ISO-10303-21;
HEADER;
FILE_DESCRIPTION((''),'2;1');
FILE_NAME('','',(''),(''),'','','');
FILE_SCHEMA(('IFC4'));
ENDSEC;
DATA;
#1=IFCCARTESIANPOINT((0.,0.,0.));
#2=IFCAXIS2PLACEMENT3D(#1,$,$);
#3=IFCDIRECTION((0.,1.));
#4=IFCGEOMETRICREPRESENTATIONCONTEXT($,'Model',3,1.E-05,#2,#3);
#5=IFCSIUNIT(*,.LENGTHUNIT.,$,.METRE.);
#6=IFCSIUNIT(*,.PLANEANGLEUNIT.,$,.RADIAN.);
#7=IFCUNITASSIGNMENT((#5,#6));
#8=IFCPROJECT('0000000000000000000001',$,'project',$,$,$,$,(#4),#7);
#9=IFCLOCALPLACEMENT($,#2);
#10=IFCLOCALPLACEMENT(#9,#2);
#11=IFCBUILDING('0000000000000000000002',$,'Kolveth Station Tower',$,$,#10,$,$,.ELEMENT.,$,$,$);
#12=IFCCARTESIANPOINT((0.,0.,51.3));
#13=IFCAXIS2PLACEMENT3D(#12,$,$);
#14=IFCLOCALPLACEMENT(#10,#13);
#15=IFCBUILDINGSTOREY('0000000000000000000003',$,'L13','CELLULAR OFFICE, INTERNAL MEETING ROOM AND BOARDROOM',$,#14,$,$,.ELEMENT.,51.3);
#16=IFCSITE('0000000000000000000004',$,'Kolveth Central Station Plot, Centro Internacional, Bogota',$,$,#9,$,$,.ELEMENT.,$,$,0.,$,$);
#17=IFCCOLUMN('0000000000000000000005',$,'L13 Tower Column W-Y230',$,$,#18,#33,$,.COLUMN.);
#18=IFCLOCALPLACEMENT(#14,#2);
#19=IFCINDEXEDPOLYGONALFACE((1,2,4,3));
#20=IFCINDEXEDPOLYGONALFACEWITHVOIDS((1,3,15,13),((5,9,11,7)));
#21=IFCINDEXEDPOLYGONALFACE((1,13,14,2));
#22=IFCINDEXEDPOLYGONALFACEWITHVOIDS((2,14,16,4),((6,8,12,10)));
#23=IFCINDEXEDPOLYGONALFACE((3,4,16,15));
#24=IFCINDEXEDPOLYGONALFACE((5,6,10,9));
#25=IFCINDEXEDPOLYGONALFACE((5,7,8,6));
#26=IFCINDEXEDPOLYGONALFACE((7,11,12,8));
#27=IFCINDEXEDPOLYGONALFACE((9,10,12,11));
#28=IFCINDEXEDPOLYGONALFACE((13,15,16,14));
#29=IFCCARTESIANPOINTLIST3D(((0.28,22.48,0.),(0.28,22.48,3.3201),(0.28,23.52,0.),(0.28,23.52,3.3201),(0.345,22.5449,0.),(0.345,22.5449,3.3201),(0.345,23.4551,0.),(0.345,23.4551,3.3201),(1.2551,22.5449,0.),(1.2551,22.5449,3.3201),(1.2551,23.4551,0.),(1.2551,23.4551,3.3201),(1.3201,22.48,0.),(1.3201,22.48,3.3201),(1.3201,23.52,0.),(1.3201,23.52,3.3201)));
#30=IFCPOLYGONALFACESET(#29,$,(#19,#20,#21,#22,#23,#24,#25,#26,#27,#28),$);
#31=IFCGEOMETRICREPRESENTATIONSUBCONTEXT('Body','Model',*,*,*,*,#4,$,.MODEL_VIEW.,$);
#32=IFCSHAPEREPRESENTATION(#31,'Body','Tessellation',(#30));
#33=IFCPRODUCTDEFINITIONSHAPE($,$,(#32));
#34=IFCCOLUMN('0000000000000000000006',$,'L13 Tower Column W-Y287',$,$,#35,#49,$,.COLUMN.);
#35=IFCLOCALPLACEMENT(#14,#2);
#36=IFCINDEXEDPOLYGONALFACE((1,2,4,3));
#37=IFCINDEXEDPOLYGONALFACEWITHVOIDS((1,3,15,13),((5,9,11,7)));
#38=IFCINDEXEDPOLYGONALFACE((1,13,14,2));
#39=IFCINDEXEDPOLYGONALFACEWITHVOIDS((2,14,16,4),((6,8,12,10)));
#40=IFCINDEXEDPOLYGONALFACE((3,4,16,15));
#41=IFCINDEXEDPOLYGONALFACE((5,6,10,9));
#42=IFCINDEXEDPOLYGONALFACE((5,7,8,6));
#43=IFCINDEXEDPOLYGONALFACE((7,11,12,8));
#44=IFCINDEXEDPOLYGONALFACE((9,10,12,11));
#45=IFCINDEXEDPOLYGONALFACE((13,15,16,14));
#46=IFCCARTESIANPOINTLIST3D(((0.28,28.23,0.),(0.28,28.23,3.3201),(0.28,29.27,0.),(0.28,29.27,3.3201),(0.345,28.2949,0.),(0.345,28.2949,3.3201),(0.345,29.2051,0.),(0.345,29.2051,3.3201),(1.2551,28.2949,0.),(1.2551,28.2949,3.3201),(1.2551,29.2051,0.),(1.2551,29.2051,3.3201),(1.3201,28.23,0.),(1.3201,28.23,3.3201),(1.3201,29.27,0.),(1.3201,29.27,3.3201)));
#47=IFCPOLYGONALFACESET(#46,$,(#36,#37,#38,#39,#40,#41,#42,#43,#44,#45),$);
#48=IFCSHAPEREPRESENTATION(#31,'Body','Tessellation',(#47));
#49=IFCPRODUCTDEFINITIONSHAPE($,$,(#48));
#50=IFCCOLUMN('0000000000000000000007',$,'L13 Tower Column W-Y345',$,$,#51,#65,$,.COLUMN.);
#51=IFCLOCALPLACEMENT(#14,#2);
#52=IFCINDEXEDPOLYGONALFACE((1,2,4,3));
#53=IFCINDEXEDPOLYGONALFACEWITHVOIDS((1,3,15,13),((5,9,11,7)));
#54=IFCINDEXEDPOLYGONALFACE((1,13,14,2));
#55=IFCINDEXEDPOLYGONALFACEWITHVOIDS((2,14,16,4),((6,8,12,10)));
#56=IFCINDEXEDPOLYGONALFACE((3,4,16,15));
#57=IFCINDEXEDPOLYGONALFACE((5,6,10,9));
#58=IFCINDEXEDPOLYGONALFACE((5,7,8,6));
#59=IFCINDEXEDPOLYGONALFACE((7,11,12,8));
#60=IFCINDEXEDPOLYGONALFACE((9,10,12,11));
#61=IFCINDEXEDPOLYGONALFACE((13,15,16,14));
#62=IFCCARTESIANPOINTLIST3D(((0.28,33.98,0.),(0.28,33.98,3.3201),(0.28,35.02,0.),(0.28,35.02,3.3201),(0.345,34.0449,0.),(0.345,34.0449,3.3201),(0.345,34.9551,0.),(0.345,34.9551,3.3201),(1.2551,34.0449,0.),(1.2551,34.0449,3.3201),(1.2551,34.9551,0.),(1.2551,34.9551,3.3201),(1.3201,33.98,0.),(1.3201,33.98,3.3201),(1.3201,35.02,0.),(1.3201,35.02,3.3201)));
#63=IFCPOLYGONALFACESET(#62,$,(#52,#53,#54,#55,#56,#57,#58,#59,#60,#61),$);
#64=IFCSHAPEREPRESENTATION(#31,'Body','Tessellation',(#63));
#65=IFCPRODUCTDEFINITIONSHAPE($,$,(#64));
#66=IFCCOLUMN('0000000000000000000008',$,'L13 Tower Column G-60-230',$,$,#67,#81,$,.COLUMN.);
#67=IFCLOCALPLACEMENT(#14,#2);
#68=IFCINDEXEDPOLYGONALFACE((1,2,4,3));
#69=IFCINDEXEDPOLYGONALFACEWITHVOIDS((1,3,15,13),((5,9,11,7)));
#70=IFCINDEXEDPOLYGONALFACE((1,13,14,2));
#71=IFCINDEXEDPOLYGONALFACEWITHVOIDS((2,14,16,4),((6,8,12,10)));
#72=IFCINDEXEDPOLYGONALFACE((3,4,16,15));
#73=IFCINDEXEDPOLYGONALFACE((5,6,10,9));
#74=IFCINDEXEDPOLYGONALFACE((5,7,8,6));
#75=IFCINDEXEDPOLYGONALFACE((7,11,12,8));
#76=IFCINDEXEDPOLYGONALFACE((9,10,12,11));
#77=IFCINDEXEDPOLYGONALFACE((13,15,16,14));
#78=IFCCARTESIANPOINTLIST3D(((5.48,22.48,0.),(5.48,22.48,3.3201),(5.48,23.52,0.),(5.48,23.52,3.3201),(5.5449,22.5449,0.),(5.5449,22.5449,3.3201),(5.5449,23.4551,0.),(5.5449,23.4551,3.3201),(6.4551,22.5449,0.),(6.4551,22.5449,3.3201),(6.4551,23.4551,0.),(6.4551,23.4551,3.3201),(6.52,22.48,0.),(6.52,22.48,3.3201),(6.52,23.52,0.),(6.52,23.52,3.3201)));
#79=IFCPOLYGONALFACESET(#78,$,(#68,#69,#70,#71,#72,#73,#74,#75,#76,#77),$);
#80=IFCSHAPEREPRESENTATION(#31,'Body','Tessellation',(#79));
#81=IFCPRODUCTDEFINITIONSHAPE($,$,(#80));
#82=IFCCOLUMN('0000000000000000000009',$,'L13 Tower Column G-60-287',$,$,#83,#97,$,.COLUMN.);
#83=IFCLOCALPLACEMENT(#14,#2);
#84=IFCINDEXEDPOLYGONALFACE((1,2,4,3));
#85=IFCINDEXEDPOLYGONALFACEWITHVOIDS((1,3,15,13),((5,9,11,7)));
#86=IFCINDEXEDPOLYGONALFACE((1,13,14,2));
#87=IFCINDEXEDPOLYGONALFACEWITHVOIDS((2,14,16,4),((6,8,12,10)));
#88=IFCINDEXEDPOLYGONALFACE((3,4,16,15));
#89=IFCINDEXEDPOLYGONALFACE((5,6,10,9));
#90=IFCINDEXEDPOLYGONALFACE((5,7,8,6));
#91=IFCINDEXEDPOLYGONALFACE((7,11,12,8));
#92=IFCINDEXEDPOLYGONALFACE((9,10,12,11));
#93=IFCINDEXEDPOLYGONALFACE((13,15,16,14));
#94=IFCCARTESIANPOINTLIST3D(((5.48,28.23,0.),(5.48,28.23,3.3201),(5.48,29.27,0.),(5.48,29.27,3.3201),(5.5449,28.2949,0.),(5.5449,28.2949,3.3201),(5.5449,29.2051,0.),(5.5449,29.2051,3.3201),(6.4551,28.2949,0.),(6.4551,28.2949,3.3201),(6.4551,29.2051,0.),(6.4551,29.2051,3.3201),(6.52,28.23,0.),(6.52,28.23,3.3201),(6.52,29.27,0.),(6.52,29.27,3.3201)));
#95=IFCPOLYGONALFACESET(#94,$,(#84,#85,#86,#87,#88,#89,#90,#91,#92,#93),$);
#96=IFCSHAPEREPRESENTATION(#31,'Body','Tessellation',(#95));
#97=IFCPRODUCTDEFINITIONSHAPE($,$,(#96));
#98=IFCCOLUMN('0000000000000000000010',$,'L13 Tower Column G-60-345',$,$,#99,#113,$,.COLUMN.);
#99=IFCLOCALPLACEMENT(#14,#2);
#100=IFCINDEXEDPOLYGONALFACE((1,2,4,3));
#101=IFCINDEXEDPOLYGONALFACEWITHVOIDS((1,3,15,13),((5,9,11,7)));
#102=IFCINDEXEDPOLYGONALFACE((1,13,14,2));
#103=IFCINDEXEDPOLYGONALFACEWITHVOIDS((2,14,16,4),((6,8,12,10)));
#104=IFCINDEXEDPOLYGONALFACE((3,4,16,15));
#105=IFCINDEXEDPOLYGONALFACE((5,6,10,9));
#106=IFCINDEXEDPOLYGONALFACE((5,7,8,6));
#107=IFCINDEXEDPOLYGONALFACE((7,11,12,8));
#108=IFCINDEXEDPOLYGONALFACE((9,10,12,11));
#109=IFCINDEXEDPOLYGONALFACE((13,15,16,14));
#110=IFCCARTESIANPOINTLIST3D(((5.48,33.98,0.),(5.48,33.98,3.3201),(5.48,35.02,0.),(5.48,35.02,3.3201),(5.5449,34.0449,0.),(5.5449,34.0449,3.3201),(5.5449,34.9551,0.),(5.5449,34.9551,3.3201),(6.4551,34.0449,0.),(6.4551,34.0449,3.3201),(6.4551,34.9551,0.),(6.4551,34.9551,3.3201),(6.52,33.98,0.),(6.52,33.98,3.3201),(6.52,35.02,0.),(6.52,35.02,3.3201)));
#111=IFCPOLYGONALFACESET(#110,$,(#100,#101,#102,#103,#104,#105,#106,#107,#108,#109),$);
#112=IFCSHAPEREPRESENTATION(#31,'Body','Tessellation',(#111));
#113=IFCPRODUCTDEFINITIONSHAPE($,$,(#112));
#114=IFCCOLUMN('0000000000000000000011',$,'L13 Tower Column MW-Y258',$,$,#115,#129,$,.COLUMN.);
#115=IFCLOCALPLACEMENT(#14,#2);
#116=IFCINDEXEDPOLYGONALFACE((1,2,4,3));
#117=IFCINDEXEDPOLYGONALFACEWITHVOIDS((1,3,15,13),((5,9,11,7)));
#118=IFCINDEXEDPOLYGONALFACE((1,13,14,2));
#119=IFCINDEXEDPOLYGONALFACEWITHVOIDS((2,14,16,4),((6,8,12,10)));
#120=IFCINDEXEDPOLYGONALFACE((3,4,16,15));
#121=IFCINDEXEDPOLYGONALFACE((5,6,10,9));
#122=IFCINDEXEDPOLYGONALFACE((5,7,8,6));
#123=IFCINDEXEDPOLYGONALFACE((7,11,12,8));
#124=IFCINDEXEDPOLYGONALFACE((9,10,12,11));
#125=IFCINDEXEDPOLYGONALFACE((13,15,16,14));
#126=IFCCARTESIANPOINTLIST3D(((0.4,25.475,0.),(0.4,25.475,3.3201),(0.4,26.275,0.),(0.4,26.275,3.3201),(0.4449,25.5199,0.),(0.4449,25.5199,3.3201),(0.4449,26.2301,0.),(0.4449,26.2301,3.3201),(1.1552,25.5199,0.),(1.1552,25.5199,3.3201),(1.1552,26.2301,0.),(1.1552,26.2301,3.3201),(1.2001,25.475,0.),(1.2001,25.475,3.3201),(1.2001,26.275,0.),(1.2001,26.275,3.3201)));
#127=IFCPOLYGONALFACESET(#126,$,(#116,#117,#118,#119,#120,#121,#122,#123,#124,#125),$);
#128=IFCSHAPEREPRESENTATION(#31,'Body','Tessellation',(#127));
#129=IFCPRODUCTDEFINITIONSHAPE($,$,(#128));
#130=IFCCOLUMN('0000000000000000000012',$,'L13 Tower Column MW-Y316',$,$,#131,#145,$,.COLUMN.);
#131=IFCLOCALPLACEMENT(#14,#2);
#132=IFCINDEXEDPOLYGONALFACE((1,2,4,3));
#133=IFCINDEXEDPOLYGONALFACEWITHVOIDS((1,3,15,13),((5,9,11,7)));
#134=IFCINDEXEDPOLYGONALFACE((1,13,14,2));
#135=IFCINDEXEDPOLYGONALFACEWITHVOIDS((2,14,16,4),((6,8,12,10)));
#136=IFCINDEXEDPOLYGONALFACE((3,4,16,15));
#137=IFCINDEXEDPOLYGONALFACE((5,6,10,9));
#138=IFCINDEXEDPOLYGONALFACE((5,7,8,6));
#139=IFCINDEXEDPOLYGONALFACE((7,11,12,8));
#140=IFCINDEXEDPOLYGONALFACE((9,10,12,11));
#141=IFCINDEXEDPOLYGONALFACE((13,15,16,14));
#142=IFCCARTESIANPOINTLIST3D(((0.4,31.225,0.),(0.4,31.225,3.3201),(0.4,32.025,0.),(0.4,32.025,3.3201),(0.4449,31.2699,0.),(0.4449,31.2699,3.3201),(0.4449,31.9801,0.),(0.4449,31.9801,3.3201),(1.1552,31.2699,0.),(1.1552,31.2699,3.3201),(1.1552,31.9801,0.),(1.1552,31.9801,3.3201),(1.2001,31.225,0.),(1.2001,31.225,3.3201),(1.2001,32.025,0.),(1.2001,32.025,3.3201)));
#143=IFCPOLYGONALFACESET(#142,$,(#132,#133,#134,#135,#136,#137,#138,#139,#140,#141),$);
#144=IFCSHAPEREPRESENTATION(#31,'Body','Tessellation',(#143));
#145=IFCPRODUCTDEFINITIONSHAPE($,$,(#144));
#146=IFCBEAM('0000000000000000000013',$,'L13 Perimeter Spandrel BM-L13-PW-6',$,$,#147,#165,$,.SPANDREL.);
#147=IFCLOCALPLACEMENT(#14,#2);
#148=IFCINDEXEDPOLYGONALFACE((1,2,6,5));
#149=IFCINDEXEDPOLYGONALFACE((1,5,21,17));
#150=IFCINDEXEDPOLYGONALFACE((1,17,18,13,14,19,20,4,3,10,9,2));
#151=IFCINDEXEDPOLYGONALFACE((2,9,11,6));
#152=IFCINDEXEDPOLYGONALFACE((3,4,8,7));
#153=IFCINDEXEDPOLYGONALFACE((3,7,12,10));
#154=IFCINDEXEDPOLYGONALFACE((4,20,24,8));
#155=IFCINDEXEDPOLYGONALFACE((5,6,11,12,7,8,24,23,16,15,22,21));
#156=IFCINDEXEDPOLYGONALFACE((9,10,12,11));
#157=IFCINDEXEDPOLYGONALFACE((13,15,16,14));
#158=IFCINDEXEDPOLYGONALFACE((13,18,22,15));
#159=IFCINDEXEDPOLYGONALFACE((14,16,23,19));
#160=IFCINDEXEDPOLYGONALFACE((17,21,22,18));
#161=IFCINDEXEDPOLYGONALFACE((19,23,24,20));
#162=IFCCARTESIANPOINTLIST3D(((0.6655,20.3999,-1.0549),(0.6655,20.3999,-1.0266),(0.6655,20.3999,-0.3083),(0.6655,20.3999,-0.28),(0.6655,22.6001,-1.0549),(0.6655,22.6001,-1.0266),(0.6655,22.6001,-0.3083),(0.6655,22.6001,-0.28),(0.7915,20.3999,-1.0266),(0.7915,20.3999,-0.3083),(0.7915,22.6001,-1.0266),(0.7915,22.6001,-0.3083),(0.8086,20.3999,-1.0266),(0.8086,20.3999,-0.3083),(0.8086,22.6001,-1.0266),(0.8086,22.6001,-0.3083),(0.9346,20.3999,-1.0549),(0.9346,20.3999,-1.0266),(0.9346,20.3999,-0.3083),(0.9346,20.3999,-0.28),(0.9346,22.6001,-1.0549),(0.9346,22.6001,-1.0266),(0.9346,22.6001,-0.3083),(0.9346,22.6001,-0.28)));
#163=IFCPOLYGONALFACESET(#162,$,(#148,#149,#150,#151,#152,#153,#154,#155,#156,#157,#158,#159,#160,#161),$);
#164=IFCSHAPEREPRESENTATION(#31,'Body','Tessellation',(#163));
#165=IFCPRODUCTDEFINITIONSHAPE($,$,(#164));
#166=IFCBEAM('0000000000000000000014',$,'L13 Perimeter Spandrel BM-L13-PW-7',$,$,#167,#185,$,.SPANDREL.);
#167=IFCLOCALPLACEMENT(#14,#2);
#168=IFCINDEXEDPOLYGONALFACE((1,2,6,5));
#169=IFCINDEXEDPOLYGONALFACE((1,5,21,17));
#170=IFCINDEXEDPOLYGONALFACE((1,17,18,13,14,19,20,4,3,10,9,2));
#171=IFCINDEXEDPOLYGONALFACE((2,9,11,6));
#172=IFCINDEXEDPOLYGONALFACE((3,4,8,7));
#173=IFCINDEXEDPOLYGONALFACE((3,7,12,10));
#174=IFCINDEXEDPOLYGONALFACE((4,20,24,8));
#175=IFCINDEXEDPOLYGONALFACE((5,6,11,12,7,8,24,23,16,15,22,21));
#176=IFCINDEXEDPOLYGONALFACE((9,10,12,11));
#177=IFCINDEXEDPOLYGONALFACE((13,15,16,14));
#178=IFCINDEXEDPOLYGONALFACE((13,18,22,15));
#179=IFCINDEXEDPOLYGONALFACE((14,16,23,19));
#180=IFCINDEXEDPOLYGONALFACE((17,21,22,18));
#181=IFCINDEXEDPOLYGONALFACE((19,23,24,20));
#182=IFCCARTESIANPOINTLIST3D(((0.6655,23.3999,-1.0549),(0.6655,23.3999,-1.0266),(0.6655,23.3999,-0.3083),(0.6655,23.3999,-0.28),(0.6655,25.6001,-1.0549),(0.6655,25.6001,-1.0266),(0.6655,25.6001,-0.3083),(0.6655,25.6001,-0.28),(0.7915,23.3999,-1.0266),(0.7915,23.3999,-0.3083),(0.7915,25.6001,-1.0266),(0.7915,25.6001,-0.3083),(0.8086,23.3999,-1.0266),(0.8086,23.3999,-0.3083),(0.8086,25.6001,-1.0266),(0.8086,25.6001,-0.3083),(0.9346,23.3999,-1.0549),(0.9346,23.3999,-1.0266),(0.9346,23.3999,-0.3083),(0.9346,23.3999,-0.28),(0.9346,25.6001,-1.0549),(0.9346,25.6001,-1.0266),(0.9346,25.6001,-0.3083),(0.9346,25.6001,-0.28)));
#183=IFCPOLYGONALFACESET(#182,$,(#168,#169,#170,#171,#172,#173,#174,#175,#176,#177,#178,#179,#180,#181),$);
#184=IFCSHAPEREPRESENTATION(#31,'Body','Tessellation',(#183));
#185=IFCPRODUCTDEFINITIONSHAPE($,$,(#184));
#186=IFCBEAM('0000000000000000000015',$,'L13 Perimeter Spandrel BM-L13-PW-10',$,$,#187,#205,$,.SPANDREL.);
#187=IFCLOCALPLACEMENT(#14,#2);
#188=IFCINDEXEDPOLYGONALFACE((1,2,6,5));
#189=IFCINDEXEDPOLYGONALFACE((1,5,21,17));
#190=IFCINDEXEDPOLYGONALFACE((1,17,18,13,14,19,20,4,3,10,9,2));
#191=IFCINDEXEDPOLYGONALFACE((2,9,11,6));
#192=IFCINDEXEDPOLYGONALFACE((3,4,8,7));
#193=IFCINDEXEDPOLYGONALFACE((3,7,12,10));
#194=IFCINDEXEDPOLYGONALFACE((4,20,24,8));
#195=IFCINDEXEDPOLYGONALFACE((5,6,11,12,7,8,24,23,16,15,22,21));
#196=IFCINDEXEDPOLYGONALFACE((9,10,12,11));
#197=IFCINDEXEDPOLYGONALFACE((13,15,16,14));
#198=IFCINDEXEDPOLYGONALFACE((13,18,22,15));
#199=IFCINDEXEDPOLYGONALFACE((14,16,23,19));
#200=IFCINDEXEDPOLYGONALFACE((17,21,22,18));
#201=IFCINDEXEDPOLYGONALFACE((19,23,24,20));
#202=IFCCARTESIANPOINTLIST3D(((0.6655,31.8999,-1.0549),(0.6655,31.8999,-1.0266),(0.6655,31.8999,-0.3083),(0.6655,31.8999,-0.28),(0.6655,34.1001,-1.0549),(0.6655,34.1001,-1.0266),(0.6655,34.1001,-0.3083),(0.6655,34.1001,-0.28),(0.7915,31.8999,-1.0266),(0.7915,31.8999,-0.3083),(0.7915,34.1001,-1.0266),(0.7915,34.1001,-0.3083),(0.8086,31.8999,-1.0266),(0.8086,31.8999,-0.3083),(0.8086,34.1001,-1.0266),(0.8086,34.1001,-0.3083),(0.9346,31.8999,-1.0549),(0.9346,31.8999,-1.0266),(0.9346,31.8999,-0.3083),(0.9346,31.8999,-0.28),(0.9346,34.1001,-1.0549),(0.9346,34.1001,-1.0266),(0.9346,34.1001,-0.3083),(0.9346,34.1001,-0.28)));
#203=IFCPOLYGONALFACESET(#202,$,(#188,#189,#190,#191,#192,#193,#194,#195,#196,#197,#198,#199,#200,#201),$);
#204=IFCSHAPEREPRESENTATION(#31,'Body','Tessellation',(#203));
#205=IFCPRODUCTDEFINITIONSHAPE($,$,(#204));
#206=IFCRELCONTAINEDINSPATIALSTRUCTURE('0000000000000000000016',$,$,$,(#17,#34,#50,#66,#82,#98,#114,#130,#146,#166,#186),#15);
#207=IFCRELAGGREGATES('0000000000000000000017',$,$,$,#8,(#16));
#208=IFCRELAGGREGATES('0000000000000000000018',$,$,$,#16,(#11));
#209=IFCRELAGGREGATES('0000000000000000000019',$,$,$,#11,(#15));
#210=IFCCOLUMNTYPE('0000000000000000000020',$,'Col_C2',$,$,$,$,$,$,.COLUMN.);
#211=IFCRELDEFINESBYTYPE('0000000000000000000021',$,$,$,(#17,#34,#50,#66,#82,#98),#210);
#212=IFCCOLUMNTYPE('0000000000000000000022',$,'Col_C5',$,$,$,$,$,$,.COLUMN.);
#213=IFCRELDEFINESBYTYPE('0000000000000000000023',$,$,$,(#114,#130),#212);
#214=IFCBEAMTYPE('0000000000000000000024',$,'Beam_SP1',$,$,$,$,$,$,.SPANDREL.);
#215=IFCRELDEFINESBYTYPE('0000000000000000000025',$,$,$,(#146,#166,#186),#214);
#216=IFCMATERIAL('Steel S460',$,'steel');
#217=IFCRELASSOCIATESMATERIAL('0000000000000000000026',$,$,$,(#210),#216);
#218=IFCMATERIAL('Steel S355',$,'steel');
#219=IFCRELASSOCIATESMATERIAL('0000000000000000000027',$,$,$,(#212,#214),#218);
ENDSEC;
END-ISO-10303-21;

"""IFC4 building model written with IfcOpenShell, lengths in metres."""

from ifc_helpers import new_model, si_unit, direction, frame, origin, origin_2d, place, context, subcontext, project, spatial, hollow_rectangle, i_section, extrude, source, transform, mapped, material, material_profile, profile_set, type_object, element, save


model = new_model("IFC4")

# Units and contexts
model_context = context("Model", 3, precision=1e-05, world=origin(), true_north=direction((0.0, 1.0)))
body_context = subcontext(model_context, "Body", "Model", "MODEL_VIEW")
ifc_project = project(units=[si_unit("LENGTHUNIT", "METRE"), si_unit("PLANEANGLEUNIT", "RADIAN")], contexts=[model_context])

# Site, building, storey
site_placement = place(None, origin())
site = spatial("IfcSite", under=ifc_project, at=site_placement, Name="Kolveth Central Station Plot, Centro Internacional, Bogota", CompositionType="ELEMENT", RefElevation=0.0)
building_placement = place(site_placement, origin())
building = spatial("IfcBuilding", under=site, at=building_placement, Name="Kolveth Station Tower", CompositionType="ELEMENT")
storey_placement = place(building_placement, frame((0.0, 0.0, 51.3)))
storey = spatial("IfcBuildingStorey", under=building, at=storey_placement, Name="L13", Description="CELLULAR OFFICE, INTERNAL MEETING ROOM AND BOARDROOM", CompositionType="ELEMENT", Elevation=51.3)

# Columns
ifc_material_1 = material(Name="Steel S460", Category="steel")
ifc_material_profile_1 = material_profile(ifc_material_1, hollow_rectangle(XDim=1.04, YDim=1.04, WallThickness=0.0649, at=origin_2d()), Name="BOX1040x1040x65")
ifc_profile_set_1 = profile_set([ifc_material_profile_1], Name="Steel S460")
column_type_1 = type_object("IfcColumnType", Name="Col_C2", PredefinedType="COLUMN", material=ifc_profile_set_1)
shared_shape_1 = source(origin(), body_context, "Body", "SweptSolid", [
    extrude(hollow_rectangle(XDim=1.04, YDim=1.04, WallThickness=0.0649, at=origin_2d()), origin(), (0.0, 0.0, 1.0), 3.3201),
])
for number, where, z_axis, x_axis, name in (
    (1, (0.8, 23.0, 0.0), (0.0, 0.0, 1.0), (1.0, 0.0, 0.0), "L13 Tower Column W-Y230"),
    (2, (0.8, 28.75, 0.0), (0.0, 0.0, 1.0), (1.0, 0.0, 0.0), "L13 Tower Column W-Y287"),
    (3, (0.8, 34.5, 0.0), (0.0, 0.0, 1.0), (1.0, 0.0, 0.0), "L13 Tower Column W-Y345"),
    (4, (6.0, 23.0, 0.0), (0.0, 0.0, 1.0), (1.0, 0.0, 0.0), "L13 Tower Column G-60-230"),
    (5, (6.0, 28.75, 0.0), (0.0, 0.0, 1.0), (1.0, 0.0, 0.0), "L13 Tower Column G-60-287"),
    (6, (6.0, 34.5, 0.0), (0.0, 0.0, 1.0), (1.0, 0.0, 0.0), "L13 Tower Column G-60-345"),
):
    element("IfcColumn", number, at=place(storey_placement, frame(where, z_axis=z_axis, x_axis=x_axis)), inside=storey, type_object=column_type_1, Name=name, PredefinedType="COLUMN", context=body_context, shape_type="MappedRepresentation", body=[
        mapped(shared_shape_1, transform((0.0, 0.0, 0.0), x_axis=(1.0, 0.0, 0.0), y_axis=(0.0, 1.0, 0.0), z_axis=(0.0, 0.0, 1.0), scale=1.0)),
    ])
ifc_material_2 = material(Name="Steel S355", Category="steel")
ifc_material_profile_2 = material_profile(ifc_material_2, hollow_rectangle(XDim=0.8, YDim=0.8, WallThickness=0.0449, at=origin_2d()), Name="BOX800x800x45")
ifc_profile_set_2 = profile_set([ifc_material_profile_2], Name="Steel S355")
column_type_2 = type_object("IfcColumnType", Name="Col_C5", PredefinedType="COLUMN", material=ifc_profile_set_2)
shared_shape_2 = source(origin(), body_context, "Body", "SweptSolid", [
    extrude(hollow_rectangle(XDim=0.8, YDim=0.8, WallThickness=0.0449, at=origin_2d()), origin(), (0.0, 0.0, 1.0), 3.3201),
])
for number, where, z_axis, x_axis, name in (
    (7, (0.8, 25.875, 0.0), (0.0, 0.0, 1.0), (1.0, 0.0, 0.0), "L13 Tower Column MW-Y258"),
    (8, (0.8, 31.625, 0.0), (0.0, 0.0, 1.0), (1.0, 0.0, 0.0), "L13 Tower Column MW-Y316"),
):
    element("IfcColumn", number, at=place(storey_placement, frame(where, z_axis=z_axis, x_axis=x_axis)), inside=storey, type_object=column_type_2, Name=name, PredefinedType="COLUMN", context=body_context, shape_type="MappedRepresentation", body=[
        mapped(shared_shape_2, transform((0.0, 0.0, 0.0), x_axis=(1.0, 0.0, 0.0), y_axis=(0.0, 1.0, 0.0), z_axis=(0.0, 0.0, 1.0), scale=1.0)),
    ])

# Beams
ifc_material_profile_3 = material_profile(ifc_material_2, i_section(OverallWidth=0.269, OverallDepth=0.7749, WebThickness=0.0171, FlangeThickness=0.0283, at=origin_2d()), Name="W760x220")
ifc_profile_set_3 = profile_set([ifc_material_profile_3], Name="Steel S355")
beam_type_1 = type_object("IfcBeamType", Name="Beam_SP1", PredefinedType="SPANDREL", material=ifc_profile_set_3)
shared_shape_3 = source(origin(), body_context, "Body", "SweptSolid", [
    extrude(i_section(OverallWidth=0.269, OverallDepth=0.7749, WebThickness=0.0171, FlangeThickness=0.0283, at=origin_2d()), origin(), (0.0, 0.0, 1.0), 2.2002),
])
for number, where, z_axis, x_axis, name in (
    (9, (0.8, 20.3999, -0.6675), (0.0, 1.0, 0.0), (-1.0, 0.0, 0.0), "L13 Perimeter Spandrel BM-L13-PW-6"),
    (10, (0.8, 23.3999, -0.6675), (0.0, 1.0, 0.0), (-1.0, 0.0, 0.0), "L13 Perimeter Spandrel BM-L13-PW-7"),
    (11, (0.8, 31.8999, -0.6675), (0.0, 1.0, 0.0), (-1.0, 0.0, 0.0), "L13 Perimeter Spandrel BM-L13-PW-10"),
):
    element("IfcBeam", number, at=place(storey_placement, frame(where, z_axis=z_axis, x_axis=x_axis)), inside=storey, type_object=beam_type_1, Name=name, PredefinedType="SPANDREL", context=body_context, shape_type="MappedRepresentation", body=[
        mapped(shared_shape_3, transform((0.0, 0.0, 0.0), x_axis=(1.0, 0.0, 0.0), y_axis=(0.0, 1.0, 0.0), z_axis=(0.0, 0.0, 1.0), scale=1.0)),
    ])

save(model, "model.ifc")
